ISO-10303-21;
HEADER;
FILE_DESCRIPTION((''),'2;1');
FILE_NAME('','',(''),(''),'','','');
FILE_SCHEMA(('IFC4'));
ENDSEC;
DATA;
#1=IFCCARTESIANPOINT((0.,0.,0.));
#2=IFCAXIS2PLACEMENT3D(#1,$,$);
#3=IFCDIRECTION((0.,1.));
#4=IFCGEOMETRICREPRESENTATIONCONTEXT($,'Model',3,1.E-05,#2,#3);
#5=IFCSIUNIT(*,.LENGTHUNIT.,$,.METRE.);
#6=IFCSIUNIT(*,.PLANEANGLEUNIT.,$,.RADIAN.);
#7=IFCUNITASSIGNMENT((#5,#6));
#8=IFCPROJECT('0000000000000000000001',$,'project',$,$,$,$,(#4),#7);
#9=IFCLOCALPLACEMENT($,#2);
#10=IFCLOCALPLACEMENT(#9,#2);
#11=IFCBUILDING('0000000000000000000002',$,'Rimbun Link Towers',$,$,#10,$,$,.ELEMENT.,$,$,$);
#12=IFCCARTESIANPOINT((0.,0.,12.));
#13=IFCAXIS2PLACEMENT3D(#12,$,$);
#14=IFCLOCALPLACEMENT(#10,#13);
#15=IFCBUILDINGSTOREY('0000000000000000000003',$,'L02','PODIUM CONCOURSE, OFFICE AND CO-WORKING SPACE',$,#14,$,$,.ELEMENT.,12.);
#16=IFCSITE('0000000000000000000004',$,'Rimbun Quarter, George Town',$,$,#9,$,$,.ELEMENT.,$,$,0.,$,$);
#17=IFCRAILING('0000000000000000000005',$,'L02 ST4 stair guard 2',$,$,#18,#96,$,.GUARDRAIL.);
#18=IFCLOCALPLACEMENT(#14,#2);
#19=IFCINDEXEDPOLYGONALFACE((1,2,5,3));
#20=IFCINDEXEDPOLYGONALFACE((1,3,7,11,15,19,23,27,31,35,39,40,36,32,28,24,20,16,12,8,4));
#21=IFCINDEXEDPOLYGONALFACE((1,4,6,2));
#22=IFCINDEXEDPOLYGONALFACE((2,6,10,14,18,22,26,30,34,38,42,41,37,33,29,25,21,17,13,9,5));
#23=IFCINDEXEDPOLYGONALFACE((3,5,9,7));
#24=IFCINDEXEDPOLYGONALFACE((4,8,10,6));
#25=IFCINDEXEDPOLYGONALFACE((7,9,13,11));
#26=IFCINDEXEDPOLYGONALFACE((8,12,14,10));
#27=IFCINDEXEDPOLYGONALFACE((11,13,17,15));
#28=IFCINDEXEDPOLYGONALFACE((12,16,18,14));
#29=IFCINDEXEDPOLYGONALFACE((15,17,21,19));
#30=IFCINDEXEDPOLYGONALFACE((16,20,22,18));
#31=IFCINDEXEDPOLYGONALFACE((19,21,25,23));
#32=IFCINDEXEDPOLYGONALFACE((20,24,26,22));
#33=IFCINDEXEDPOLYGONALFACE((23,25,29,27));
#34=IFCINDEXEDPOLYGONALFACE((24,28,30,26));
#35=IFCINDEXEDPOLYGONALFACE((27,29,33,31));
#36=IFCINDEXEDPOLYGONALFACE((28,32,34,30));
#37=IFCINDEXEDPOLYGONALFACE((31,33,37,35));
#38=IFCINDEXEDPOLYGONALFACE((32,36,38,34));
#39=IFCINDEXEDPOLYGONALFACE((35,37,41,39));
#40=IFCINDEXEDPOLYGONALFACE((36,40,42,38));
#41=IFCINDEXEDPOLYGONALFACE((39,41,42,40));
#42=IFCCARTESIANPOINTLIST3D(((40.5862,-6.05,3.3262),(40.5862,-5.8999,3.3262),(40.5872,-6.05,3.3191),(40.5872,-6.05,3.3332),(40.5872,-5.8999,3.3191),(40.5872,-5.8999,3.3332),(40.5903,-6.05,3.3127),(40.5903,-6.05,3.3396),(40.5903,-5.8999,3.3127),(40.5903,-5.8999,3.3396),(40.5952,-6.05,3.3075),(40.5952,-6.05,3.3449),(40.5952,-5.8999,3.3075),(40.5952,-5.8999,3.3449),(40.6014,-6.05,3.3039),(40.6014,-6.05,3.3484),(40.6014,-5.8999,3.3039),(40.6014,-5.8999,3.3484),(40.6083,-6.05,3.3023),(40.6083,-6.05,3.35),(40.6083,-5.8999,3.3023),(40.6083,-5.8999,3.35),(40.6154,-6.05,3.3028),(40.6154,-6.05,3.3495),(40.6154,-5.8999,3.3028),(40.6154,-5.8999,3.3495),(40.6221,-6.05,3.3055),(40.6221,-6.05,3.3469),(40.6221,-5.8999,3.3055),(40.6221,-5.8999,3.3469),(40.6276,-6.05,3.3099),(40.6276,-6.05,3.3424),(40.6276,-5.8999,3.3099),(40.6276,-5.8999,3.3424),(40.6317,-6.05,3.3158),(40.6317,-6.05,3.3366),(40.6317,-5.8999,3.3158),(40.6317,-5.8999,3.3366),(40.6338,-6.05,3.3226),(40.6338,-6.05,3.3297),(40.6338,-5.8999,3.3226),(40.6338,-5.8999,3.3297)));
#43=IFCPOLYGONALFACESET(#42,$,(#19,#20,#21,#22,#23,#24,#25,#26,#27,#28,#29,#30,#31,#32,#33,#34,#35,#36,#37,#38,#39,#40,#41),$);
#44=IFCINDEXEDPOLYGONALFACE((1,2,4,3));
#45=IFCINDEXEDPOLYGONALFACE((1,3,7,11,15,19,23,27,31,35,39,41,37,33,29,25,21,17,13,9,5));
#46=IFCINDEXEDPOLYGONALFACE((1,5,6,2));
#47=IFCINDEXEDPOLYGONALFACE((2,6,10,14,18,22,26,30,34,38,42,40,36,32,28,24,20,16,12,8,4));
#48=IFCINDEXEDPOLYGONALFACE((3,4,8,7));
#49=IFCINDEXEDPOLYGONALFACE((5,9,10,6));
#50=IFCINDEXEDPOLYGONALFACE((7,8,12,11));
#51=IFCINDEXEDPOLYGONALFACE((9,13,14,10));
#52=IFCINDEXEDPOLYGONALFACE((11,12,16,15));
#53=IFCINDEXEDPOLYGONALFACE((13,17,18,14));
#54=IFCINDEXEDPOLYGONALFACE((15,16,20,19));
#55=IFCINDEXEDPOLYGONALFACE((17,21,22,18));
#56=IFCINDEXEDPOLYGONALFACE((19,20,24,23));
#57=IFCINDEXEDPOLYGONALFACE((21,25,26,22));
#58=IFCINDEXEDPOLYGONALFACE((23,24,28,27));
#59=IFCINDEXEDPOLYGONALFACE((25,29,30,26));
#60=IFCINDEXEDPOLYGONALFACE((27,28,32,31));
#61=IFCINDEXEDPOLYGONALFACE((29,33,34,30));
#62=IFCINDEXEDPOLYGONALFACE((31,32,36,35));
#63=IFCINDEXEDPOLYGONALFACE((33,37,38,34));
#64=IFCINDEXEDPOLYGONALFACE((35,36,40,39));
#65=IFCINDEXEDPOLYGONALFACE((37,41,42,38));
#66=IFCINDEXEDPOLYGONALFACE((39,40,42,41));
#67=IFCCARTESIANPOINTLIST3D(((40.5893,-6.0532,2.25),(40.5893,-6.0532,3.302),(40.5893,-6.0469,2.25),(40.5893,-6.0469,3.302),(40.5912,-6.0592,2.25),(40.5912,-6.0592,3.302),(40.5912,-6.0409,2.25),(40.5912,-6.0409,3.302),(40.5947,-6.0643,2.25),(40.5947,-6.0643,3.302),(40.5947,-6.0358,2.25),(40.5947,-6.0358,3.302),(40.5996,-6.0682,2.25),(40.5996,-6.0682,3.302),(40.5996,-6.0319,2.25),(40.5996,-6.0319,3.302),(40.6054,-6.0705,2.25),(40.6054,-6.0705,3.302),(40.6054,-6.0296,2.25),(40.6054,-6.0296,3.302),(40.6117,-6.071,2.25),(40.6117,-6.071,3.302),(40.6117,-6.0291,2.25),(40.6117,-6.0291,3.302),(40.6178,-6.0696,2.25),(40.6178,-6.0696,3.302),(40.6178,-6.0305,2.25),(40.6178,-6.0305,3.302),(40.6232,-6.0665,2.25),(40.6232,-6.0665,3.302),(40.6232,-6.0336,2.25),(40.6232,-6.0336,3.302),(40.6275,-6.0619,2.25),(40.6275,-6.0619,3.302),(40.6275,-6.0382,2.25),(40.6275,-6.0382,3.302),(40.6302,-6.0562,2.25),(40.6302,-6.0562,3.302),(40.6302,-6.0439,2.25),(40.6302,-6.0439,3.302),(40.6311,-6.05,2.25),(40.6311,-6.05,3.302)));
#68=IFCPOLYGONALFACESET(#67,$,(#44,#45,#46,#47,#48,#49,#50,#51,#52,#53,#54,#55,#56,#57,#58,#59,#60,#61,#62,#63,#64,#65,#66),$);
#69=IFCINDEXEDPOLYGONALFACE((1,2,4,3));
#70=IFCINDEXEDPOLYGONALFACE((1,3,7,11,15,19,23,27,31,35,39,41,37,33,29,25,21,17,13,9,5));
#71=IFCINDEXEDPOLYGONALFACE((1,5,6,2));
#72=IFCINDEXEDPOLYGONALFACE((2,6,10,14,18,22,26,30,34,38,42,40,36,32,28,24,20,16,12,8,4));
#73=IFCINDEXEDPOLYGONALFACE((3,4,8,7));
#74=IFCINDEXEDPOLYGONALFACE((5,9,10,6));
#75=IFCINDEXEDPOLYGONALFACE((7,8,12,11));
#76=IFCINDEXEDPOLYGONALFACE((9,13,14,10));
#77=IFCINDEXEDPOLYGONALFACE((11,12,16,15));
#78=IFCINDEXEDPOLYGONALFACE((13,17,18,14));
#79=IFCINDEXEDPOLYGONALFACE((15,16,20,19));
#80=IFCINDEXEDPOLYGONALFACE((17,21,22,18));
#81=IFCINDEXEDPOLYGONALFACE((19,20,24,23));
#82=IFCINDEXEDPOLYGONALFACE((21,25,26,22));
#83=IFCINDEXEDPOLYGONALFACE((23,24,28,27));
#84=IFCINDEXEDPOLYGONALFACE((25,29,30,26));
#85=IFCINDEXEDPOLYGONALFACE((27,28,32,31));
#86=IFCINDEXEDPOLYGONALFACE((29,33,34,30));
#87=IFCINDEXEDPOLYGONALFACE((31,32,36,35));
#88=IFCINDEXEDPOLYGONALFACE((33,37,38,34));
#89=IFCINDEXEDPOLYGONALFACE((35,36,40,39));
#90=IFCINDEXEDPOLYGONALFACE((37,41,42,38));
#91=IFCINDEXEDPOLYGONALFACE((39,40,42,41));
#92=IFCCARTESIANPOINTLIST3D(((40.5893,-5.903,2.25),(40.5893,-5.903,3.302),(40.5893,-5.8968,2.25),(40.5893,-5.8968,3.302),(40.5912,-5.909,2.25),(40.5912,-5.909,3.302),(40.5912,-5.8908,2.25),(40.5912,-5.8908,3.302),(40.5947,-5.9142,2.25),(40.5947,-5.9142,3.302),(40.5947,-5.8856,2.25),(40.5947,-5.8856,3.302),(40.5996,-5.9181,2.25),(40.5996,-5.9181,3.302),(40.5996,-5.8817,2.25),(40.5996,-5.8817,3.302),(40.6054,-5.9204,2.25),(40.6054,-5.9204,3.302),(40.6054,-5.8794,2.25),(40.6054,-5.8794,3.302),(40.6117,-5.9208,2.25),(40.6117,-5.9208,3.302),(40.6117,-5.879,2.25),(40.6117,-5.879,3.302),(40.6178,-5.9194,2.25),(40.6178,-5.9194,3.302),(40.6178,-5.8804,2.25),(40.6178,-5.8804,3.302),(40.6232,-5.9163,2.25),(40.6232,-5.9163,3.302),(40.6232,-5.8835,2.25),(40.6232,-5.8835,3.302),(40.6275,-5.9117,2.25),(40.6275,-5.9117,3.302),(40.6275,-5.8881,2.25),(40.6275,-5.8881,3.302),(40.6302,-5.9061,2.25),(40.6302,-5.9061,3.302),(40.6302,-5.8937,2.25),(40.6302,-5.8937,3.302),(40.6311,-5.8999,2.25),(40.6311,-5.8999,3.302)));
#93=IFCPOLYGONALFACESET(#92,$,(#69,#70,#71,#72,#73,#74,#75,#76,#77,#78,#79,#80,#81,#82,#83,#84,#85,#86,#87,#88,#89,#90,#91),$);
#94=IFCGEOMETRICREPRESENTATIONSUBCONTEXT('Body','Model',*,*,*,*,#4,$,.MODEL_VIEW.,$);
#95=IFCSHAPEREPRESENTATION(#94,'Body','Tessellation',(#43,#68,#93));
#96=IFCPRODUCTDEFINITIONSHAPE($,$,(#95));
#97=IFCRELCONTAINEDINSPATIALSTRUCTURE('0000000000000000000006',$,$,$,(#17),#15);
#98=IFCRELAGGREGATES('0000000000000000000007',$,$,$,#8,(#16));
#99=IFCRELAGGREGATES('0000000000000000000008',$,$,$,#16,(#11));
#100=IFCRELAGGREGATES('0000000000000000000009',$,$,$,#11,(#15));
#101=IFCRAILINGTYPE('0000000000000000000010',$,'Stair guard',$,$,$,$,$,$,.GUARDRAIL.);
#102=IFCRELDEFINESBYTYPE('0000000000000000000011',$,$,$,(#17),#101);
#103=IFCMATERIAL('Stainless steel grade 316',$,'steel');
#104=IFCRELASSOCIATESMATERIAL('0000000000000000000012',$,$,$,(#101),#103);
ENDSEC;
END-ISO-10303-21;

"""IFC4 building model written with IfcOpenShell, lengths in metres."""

from ifc_helpers import new_model, si_unit, direction, frame, origin, origin_2d, place, context, subcontext, project, spatial, circle, extrude, material, type_object, element, save


model = new_model("IFC4")

# Units and contexts
model_context = context("Model", 3, precision=1e-05, world=origin(), true_north=direction((0.0, 1.0)))
body_context = subcontext(model_context, "Body", "Model", "MODEL_VIEW")
ifc_project = project(units=[si_unit("LENGTHUNIT", "METRE"), si_unit("PLANEANGLEUNIT", "RADIAN")], contexts=[model_context])

# Site, building, storey
site_placement = place(None, origin())
site = spatial("IfcSite", under=ifc_project, at=site_placement, Name="Rimbun Quarter, George Town", CompositionType="ELEMENT", RefElevation=0.0)
building_placement = place(site_placement, origin())
building = spatial("IfcBuilding", under=site, at=building_placement, Name="Rimbun Link Towers", CompositionType="ELEMENT")
storey_placement = place(building_placement, frame((0.0, 0.0, 12.0)))
storey = spatial("IfcBuildingStorey", under=building, at=storey_placement, Name="L02", Description="PODIUM CONCOURSE, OFFICE AND CO-WORKING SPACE", CompositionType="ELEMENT", Elevation=12.0)

# Railing
ifc_material_1 = material(Name="Stainless steel grade 316", Category="steel")
railing_type_1 = type_object("IfcRailingType", Name="Stair guard", PredefinedType="GUARDRAIL", material=ifc_material_1)
railing_1_placement = place(storey_placement, frame((40.6101, -6.05, 2.25)))
element("IfcRailing", 1, at=railing_1_placement, inside=storey, type_object=railing_type_1, Name="L02 ST4 stair guard 2", PredefinedType="GUARDRAIL", context=body_context, shape_type="SweptSolid", body=[
    extrude(circle(Radius=0.0239, at=origin_2d()), frame((0.0, 0.0, 1.0762), z_axis=(0.0, 1.0, 0.0), x_axis=(-1.0, 0.0, 0.0)), (0.0, 0.0, 1.0), 0.1501),
    extrude(circle(Radius=0.021, at=origin_2d()), origin(), (0.0, 0.0, 1.0), 1.052),
    extrude(circle(Radius=0.021, at=origin_2d()), frame((0.0, 0.1501, 0.0)), (0.0, 0.0, 1.0), 1.052),
])

save(model, "model.ifc")
